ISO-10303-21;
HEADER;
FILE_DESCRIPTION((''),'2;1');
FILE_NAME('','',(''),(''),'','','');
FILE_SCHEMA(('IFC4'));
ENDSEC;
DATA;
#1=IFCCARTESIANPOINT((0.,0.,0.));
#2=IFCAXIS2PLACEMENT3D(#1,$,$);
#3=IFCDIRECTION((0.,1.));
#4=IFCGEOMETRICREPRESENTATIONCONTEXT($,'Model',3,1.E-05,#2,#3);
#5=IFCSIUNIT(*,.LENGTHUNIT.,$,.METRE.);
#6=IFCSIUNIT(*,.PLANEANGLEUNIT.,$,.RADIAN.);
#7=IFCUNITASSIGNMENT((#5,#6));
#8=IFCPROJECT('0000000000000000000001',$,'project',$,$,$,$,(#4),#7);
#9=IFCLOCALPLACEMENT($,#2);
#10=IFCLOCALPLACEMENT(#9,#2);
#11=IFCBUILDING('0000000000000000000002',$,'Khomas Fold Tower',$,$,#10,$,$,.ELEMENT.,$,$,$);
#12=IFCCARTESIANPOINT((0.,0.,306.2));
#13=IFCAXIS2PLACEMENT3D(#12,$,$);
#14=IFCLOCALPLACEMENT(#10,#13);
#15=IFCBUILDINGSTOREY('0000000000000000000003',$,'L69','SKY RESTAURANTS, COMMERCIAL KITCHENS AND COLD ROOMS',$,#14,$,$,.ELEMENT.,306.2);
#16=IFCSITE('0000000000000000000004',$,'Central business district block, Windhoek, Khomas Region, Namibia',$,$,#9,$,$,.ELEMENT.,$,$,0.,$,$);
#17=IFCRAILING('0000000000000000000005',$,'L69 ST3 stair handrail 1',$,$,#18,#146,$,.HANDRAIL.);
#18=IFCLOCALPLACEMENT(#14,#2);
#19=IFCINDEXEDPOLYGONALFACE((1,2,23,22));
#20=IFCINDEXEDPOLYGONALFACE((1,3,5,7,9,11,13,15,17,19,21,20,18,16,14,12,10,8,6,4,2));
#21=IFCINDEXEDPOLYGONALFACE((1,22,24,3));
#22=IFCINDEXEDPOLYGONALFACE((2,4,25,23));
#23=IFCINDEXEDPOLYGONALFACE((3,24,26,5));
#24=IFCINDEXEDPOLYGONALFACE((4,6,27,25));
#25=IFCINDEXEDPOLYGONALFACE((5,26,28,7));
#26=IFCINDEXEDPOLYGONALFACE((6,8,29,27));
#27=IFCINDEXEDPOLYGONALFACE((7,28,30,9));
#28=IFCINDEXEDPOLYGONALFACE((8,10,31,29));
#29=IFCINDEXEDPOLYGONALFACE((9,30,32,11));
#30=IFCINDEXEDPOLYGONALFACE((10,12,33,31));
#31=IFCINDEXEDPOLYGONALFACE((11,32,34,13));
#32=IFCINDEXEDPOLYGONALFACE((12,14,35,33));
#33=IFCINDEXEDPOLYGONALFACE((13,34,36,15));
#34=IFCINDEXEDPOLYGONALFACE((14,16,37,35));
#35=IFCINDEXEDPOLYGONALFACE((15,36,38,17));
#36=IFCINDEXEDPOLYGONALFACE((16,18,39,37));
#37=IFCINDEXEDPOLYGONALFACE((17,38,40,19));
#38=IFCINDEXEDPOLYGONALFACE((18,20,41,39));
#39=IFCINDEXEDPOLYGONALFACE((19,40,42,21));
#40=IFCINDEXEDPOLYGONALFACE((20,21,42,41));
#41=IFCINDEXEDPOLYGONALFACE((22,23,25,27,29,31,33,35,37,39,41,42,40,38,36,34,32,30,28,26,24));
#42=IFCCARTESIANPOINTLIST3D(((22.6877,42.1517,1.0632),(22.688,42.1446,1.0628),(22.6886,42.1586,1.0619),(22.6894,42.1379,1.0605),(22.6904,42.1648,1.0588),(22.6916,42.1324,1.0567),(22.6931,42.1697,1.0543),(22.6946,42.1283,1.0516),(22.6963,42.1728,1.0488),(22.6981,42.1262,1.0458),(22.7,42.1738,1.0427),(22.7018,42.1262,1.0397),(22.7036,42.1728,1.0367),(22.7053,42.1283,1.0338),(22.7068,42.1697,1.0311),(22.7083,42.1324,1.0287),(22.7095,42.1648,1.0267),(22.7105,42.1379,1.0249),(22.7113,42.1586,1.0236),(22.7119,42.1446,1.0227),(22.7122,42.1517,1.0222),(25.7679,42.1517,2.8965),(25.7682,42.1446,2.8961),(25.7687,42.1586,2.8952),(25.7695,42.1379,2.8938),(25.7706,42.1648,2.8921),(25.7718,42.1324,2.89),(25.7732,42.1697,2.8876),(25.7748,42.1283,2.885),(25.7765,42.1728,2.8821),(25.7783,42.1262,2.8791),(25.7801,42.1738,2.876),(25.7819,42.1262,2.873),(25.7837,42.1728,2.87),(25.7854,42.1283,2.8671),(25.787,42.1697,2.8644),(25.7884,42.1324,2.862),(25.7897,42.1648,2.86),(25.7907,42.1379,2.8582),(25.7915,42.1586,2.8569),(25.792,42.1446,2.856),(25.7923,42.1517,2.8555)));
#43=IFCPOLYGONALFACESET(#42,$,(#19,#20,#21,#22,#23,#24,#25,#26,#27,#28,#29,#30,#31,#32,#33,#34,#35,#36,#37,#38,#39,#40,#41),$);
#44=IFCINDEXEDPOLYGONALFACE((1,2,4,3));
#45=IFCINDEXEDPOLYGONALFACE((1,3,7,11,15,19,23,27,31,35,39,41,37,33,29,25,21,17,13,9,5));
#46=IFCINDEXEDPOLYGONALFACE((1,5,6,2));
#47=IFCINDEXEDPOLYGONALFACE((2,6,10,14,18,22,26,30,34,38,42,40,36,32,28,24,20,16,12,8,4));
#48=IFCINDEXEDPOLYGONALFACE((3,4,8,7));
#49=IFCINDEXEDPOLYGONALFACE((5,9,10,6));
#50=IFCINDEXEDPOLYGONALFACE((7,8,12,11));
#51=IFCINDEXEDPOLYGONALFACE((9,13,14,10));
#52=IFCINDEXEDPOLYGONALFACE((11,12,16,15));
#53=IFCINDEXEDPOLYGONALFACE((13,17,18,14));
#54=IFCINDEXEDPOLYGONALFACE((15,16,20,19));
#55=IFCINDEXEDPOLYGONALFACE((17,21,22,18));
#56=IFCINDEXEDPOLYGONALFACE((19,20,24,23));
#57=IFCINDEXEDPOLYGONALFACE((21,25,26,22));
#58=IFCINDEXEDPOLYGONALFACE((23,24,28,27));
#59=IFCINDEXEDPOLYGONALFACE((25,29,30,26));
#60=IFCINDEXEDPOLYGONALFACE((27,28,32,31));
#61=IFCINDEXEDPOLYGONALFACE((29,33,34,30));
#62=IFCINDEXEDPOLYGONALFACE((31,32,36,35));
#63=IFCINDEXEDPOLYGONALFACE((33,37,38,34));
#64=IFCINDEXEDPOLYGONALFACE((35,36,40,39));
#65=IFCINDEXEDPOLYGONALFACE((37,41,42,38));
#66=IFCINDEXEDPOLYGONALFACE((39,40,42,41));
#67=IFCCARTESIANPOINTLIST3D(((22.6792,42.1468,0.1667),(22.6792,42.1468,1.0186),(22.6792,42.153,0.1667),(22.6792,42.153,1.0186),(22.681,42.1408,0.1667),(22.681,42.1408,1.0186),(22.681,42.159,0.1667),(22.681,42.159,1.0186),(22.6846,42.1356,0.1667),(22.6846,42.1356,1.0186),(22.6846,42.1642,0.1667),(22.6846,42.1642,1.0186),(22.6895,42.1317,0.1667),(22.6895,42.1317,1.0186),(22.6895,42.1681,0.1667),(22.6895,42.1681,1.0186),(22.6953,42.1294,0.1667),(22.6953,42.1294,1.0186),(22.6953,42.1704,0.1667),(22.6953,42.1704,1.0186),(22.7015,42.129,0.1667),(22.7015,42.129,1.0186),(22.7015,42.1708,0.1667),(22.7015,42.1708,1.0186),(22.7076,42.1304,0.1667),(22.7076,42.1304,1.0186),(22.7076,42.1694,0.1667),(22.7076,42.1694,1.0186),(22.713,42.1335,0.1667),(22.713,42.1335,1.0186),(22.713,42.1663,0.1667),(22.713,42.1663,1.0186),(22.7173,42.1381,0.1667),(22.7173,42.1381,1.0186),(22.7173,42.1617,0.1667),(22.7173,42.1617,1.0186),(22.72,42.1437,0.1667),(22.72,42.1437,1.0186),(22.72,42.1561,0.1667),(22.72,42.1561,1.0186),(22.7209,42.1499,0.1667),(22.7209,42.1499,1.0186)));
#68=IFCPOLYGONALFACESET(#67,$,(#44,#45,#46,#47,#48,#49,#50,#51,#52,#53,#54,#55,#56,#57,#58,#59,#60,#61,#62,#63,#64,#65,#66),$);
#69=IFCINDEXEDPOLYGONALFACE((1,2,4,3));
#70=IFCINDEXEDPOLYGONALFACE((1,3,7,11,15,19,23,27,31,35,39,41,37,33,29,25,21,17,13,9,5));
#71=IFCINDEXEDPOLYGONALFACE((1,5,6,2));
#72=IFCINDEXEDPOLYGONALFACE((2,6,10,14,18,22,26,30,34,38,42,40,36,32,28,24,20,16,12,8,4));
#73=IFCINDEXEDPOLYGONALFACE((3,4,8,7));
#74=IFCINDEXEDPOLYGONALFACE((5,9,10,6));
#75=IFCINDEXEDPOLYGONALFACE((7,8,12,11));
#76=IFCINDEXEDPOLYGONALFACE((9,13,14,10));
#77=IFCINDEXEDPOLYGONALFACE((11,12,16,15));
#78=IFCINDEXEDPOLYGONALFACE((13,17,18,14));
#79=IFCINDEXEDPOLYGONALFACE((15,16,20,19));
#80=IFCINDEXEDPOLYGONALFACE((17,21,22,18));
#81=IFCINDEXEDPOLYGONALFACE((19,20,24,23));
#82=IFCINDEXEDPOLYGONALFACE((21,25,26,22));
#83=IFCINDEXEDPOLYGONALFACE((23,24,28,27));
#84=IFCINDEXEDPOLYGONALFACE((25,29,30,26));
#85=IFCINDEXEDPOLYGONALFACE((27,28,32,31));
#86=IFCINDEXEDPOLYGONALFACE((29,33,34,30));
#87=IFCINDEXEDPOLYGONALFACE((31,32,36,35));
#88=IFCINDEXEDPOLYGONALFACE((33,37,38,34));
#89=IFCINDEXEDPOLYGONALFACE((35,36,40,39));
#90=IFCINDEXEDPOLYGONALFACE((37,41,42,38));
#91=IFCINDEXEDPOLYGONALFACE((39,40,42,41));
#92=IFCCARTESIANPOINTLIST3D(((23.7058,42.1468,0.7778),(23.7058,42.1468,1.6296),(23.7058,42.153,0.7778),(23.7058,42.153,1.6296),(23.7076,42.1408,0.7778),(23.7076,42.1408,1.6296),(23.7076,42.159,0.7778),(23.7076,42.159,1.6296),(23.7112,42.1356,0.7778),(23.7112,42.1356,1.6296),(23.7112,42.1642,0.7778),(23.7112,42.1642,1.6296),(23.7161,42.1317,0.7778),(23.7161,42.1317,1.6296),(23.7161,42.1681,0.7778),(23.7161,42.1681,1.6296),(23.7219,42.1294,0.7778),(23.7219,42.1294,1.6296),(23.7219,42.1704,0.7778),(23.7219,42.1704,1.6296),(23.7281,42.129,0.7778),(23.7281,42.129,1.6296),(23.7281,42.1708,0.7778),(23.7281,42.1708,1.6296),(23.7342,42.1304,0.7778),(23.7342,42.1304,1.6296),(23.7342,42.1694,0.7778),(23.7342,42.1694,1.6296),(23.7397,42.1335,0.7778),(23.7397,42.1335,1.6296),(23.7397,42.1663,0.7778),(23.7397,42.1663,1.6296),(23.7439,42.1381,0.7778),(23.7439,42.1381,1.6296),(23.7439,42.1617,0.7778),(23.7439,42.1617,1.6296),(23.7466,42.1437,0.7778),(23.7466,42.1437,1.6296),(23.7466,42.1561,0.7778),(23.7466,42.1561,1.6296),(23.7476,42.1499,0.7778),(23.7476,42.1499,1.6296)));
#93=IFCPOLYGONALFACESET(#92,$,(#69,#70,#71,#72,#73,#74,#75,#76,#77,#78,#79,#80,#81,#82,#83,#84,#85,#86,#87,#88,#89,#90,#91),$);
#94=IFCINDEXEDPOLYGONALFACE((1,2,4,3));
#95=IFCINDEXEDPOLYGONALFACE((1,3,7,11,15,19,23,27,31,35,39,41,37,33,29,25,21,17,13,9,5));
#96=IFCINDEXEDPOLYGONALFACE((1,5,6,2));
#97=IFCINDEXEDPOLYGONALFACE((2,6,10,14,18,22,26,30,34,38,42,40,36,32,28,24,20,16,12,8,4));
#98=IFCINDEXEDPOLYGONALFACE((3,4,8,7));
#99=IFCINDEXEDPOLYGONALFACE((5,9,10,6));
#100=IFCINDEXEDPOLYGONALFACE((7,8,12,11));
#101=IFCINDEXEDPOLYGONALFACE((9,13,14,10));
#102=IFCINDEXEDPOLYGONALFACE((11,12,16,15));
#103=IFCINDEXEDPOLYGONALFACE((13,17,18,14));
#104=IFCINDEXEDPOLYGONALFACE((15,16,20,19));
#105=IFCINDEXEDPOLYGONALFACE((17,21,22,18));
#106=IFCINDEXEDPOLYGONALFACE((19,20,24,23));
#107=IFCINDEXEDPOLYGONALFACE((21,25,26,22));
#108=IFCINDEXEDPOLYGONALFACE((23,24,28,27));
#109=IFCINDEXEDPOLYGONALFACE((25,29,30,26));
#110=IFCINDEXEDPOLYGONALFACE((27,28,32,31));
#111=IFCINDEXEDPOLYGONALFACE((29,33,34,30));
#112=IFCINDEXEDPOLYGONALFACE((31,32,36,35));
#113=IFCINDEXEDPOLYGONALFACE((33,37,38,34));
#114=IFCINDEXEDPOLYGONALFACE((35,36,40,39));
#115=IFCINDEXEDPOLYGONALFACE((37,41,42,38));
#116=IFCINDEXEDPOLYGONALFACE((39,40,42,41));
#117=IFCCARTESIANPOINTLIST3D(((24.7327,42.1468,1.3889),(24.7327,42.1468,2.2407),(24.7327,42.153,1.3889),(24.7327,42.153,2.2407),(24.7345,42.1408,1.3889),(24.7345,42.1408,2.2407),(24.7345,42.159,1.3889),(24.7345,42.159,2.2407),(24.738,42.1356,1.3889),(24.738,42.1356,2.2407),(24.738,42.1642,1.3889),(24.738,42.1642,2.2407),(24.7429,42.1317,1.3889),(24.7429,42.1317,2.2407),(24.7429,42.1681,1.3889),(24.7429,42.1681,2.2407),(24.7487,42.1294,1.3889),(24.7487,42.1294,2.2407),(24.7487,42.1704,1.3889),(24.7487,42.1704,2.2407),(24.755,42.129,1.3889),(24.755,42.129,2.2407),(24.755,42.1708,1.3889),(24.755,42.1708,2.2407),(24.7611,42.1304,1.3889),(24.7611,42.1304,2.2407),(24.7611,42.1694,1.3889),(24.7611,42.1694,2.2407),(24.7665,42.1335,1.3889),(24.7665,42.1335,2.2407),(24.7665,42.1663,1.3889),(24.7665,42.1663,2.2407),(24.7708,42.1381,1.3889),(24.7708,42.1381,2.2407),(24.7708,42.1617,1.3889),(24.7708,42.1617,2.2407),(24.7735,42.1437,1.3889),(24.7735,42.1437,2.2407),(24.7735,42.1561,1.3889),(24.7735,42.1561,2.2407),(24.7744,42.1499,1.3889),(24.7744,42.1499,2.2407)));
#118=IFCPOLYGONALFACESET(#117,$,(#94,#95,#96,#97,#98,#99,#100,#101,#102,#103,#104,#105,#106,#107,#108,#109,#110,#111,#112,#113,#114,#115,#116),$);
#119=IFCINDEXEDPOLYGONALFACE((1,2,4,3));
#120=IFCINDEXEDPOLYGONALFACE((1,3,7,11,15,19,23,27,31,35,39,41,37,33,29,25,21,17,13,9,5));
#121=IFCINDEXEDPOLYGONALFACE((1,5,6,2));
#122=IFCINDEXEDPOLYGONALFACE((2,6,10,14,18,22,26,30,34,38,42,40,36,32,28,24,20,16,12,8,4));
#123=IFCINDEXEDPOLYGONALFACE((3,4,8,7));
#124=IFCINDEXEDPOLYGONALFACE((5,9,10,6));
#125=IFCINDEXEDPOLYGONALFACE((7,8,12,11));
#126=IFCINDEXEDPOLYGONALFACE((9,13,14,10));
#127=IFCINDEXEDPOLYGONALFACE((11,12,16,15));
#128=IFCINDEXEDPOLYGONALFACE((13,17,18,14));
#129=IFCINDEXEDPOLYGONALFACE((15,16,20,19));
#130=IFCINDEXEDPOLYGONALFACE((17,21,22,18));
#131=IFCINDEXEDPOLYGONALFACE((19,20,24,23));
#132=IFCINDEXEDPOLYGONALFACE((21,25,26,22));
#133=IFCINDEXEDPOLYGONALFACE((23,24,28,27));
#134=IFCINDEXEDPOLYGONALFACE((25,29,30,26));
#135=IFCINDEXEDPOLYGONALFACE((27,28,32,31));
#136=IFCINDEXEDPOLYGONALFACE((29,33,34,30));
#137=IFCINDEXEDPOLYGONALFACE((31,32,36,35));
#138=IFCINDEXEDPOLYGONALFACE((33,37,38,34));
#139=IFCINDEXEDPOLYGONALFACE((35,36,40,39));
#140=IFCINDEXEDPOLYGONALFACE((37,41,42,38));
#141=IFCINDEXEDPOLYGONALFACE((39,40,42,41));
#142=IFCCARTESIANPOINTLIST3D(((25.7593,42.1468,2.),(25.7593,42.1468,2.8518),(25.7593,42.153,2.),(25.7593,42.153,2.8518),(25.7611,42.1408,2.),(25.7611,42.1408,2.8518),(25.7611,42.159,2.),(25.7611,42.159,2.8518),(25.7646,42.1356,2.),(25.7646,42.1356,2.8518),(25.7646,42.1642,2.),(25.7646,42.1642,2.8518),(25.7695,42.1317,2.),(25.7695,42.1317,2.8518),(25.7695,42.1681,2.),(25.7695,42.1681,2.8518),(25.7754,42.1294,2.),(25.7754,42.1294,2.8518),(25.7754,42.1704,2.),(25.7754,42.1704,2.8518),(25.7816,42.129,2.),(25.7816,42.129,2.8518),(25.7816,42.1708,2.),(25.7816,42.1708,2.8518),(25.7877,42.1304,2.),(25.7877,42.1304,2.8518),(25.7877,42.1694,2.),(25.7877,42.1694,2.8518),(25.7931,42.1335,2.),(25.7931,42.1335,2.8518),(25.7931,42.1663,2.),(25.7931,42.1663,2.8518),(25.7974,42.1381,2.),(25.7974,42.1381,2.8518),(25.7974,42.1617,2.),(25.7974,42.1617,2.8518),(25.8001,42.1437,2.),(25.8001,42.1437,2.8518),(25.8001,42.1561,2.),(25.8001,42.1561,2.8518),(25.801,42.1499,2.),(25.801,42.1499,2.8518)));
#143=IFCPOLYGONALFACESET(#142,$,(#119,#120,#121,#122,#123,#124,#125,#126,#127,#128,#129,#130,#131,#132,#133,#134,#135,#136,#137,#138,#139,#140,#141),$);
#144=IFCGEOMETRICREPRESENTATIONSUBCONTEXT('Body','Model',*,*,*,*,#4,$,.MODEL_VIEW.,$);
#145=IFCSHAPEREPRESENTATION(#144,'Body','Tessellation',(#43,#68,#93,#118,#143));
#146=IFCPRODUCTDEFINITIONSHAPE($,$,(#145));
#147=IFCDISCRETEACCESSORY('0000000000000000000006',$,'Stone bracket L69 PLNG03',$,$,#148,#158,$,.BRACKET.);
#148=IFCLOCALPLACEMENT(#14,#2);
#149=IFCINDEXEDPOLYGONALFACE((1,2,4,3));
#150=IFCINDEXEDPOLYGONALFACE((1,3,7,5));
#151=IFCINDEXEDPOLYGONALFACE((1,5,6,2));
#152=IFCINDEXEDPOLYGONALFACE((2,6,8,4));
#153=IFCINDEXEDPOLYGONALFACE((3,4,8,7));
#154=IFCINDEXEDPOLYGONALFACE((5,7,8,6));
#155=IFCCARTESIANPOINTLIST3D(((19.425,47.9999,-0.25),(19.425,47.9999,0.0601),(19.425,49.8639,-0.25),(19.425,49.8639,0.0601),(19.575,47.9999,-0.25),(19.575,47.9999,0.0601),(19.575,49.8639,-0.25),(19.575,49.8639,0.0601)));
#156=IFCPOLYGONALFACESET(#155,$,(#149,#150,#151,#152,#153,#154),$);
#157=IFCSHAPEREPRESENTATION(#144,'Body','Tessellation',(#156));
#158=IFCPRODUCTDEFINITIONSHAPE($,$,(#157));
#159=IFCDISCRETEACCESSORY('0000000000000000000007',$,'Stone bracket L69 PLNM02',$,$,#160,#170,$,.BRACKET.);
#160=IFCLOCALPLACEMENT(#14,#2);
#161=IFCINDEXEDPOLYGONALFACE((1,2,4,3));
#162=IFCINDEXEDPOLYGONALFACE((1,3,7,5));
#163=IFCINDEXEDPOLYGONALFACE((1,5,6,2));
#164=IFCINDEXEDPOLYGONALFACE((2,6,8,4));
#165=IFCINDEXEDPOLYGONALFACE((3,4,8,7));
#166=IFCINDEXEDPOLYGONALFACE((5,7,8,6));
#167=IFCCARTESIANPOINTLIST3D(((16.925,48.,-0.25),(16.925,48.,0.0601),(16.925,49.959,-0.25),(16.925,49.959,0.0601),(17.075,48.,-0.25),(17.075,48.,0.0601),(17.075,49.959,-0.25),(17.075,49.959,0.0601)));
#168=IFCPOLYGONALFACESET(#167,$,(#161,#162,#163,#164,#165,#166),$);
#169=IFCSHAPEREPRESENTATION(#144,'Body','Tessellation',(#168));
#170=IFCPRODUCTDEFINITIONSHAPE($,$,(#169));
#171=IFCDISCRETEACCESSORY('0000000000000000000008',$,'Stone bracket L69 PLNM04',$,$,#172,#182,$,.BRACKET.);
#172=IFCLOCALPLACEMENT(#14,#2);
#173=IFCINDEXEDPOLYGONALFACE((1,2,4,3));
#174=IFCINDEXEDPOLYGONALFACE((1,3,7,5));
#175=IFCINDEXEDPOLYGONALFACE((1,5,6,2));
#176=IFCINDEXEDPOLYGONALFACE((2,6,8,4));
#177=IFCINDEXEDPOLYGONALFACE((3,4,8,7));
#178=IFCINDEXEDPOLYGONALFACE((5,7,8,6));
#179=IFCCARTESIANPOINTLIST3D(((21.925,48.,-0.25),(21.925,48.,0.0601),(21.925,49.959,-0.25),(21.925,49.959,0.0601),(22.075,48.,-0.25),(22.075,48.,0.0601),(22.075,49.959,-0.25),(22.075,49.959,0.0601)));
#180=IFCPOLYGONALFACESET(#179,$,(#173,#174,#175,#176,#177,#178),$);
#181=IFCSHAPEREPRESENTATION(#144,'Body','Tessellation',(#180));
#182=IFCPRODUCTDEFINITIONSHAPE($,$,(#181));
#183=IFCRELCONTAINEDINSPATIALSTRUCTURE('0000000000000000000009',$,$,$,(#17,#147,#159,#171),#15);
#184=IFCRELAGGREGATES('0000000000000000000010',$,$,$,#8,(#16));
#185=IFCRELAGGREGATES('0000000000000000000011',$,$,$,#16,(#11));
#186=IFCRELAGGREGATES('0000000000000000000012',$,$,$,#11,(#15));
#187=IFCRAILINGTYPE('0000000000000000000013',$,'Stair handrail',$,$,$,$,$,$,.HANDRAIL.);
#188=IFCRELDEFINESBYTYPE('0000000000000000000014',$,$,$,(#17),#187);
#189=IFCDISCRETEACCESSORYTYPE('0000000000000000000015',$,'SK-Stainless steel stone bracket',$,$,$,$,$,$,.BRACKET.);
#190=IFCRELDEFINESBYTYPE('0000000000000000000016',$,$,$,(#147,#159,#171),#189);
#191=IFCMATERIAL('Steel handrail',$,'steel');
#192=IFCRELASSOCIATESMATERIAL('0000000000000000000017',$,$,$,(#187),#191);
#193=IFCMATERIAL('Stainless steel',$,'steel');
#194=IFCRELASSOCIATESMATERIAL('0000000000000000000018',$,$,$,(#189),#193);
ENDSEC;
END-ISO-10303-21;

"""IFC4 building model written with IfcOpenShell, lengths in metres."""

from ifc_helpers import new_model, si_unit, direction, frame, origin, origin_2d, place, context, subcontext, project, spatial, rectangle, circle, extrude, source, transform, mapped, material, type_object, element, save


model = new_model("IFC4")

# Units and contexts
model_context = context("Model", 3, precision=1e-05, world=origin(), true_north=direction((0.0, 1.0)))
body_context = subcontext(model_context, "Body", "Model", "MODEL_VIEW")
ifc_project = project(units=[si_unit("LENGTHUNIT", "METRE"), si_unit("PLANEANGLEUNIT", "RADIAN")], contexts=[model_context])

# Site, building, storey
site_placement = place(None, origin())
site = spatial("IfcSite", under=ifc_project, at=site_placement, Name="Central business district block, Windhoek, Khomas Region, Namibia", CompositionType="ELEMENT", RefElevation=0.0)
building_placement = place(site_placement, origin())
building = spatial("IfcBuilding", under=site, at=building_placement, Name="Khomas Fold Tower", CompositionType="ELEMENT")
storey_placement = place(building_placement, frame((0.0, 0.0, 306.2)))
storey = spatial("IfcBuildingStorey", under=building, at=storey_placement, Name="L69", Description="SKY RESTAURANTS, COMMERCIAL KITCHENS AND COLD ROOMS", CompositionType="ELEMENT", Elevation=306.2)

# Railing
ifc_material_1 = material(Name="Steel handrail", Category="steel")
railing_type_1 = type_object("IfcRailingType", Name="Stair handrail", PredefinedType="HANDRAIL", material=ifc_material_1)
shared_shape_1 = source(origin(), body_context, "Body", "SweptSolid", [
    extrude(circle(Radius=0.0239, at=origin_2d()), frame((0.0, 0.0, 0.876), z_axis=(0.859309, 0.0, 0.511458), x_axis=(0.0, 1.0, 0.0)), (0.0, 0.0, 1.0), 3.5845),
    extrude(circle(Radius=0.021, at=origin_2d()), origin(), (0.0, 0.0, 1.0), 0.8518),
    extrude(circle(Radius=0.021, at=origin_2d()), frame((1.0266, 0.0, 0.6111)), (0.0, 0.0, 1.0), 0.8518),
    extrude(circle(Radius=0.021, at=origin_2d()), frame((2.0535, 0.0, 1.2222)), (0.0, 0.0, 1.0), 0.8518),
    extrude(circle(Radius=0.021, at=origin_2d()), frame((3.0801, 0.0, 1.8333)), (0.0, 0.0, 1.0), 0.8518),
])
railing_1_placement = place(storey_placement, frame((22.7, 42.1499, 0.1667)))
element("IfcRailing", 1, at=railing_1_placement, inside=storey, type_object=railing_type_1, Name="L69 ST3 stair handrail 1", PredefinedType="HANDRAIL", context=body_context, shape_type="MappedRepresentation", body=[
    mapped(shared_shape_1, transform((0.0, 0.0, 0.0))),
])

# Discrete accessories
ifc_material_2 = material(Name="Stainless steel", Category="steel")
discrete_accessory_type = type_object("IfcDiscreteAccessoryType", Name="SK-Stainless steel stone bracket", PredefinedType="BRACKET", material=ifc_material_2)
shared_shape_2 = source(origin(), body_context, "Body", "SweptSolid", [
    extrude(rectangle(XDim=1.864, YDim=0.1499, at=origin_2d()), origin(), (0.0, 0.0, 1.0), 0.3101),
])
discrete_accessory_placement = place(storey_placement, frame((19.5, 48.9319, -0.25), z_axis=(0.0, 0.0, 1.0), x_axis=(0.0, 1.0, 0.0)))
element("IfcDiscreteAccessory", 2, at=discrete_accessory_placement, inside=storey, type_object=discrete_accessory_type, Name="Stone bracket L69 PLNG03", PredefinedType="BRACKET", context=body_context, shape_type="MappedRepresentation", body=[
    mapped(shared_shape_2, transform((0.0, 0.0, 0.0))),
])
shared_shape_3 = source(origin(), body_context, "Body", "SweptSolid", [
    extrude(rectangle(XDim=1.959, YDim=0.1499, at=origin_2d()), origin(), (0.0, 0.0, 1.0), 0.3101),
])
for number, where, z_axis, x_axis, name in (
    (3, (17.0, 48.9795, -0.25), (0.0, 0.0, 1.0), (0.0, 1.0, 0.0), "Stone bracket L69 PLNM02"),
    (4, (22.0, 48.9795, -0.25), (0.0, 0.0, 1.0), (0.0, 1.0, 0.0), "Stone bracket L69 PLNM04"),
):
    element("IfcDiscreteAccessory", number, at=place(storey_placement, frame(where, z_axis=z_axis, x_axis=x_axis)), inside=storey, type_object=discrete_accessory_type, Name=name, PredefinedType="BRACKET", context=body_context, shape_type="MappedRepresentation", body=[
        mapped(shared_shape_3, transform((0.0, 0.0, 0.0))),
    ])

save(model, "model.ifc")
